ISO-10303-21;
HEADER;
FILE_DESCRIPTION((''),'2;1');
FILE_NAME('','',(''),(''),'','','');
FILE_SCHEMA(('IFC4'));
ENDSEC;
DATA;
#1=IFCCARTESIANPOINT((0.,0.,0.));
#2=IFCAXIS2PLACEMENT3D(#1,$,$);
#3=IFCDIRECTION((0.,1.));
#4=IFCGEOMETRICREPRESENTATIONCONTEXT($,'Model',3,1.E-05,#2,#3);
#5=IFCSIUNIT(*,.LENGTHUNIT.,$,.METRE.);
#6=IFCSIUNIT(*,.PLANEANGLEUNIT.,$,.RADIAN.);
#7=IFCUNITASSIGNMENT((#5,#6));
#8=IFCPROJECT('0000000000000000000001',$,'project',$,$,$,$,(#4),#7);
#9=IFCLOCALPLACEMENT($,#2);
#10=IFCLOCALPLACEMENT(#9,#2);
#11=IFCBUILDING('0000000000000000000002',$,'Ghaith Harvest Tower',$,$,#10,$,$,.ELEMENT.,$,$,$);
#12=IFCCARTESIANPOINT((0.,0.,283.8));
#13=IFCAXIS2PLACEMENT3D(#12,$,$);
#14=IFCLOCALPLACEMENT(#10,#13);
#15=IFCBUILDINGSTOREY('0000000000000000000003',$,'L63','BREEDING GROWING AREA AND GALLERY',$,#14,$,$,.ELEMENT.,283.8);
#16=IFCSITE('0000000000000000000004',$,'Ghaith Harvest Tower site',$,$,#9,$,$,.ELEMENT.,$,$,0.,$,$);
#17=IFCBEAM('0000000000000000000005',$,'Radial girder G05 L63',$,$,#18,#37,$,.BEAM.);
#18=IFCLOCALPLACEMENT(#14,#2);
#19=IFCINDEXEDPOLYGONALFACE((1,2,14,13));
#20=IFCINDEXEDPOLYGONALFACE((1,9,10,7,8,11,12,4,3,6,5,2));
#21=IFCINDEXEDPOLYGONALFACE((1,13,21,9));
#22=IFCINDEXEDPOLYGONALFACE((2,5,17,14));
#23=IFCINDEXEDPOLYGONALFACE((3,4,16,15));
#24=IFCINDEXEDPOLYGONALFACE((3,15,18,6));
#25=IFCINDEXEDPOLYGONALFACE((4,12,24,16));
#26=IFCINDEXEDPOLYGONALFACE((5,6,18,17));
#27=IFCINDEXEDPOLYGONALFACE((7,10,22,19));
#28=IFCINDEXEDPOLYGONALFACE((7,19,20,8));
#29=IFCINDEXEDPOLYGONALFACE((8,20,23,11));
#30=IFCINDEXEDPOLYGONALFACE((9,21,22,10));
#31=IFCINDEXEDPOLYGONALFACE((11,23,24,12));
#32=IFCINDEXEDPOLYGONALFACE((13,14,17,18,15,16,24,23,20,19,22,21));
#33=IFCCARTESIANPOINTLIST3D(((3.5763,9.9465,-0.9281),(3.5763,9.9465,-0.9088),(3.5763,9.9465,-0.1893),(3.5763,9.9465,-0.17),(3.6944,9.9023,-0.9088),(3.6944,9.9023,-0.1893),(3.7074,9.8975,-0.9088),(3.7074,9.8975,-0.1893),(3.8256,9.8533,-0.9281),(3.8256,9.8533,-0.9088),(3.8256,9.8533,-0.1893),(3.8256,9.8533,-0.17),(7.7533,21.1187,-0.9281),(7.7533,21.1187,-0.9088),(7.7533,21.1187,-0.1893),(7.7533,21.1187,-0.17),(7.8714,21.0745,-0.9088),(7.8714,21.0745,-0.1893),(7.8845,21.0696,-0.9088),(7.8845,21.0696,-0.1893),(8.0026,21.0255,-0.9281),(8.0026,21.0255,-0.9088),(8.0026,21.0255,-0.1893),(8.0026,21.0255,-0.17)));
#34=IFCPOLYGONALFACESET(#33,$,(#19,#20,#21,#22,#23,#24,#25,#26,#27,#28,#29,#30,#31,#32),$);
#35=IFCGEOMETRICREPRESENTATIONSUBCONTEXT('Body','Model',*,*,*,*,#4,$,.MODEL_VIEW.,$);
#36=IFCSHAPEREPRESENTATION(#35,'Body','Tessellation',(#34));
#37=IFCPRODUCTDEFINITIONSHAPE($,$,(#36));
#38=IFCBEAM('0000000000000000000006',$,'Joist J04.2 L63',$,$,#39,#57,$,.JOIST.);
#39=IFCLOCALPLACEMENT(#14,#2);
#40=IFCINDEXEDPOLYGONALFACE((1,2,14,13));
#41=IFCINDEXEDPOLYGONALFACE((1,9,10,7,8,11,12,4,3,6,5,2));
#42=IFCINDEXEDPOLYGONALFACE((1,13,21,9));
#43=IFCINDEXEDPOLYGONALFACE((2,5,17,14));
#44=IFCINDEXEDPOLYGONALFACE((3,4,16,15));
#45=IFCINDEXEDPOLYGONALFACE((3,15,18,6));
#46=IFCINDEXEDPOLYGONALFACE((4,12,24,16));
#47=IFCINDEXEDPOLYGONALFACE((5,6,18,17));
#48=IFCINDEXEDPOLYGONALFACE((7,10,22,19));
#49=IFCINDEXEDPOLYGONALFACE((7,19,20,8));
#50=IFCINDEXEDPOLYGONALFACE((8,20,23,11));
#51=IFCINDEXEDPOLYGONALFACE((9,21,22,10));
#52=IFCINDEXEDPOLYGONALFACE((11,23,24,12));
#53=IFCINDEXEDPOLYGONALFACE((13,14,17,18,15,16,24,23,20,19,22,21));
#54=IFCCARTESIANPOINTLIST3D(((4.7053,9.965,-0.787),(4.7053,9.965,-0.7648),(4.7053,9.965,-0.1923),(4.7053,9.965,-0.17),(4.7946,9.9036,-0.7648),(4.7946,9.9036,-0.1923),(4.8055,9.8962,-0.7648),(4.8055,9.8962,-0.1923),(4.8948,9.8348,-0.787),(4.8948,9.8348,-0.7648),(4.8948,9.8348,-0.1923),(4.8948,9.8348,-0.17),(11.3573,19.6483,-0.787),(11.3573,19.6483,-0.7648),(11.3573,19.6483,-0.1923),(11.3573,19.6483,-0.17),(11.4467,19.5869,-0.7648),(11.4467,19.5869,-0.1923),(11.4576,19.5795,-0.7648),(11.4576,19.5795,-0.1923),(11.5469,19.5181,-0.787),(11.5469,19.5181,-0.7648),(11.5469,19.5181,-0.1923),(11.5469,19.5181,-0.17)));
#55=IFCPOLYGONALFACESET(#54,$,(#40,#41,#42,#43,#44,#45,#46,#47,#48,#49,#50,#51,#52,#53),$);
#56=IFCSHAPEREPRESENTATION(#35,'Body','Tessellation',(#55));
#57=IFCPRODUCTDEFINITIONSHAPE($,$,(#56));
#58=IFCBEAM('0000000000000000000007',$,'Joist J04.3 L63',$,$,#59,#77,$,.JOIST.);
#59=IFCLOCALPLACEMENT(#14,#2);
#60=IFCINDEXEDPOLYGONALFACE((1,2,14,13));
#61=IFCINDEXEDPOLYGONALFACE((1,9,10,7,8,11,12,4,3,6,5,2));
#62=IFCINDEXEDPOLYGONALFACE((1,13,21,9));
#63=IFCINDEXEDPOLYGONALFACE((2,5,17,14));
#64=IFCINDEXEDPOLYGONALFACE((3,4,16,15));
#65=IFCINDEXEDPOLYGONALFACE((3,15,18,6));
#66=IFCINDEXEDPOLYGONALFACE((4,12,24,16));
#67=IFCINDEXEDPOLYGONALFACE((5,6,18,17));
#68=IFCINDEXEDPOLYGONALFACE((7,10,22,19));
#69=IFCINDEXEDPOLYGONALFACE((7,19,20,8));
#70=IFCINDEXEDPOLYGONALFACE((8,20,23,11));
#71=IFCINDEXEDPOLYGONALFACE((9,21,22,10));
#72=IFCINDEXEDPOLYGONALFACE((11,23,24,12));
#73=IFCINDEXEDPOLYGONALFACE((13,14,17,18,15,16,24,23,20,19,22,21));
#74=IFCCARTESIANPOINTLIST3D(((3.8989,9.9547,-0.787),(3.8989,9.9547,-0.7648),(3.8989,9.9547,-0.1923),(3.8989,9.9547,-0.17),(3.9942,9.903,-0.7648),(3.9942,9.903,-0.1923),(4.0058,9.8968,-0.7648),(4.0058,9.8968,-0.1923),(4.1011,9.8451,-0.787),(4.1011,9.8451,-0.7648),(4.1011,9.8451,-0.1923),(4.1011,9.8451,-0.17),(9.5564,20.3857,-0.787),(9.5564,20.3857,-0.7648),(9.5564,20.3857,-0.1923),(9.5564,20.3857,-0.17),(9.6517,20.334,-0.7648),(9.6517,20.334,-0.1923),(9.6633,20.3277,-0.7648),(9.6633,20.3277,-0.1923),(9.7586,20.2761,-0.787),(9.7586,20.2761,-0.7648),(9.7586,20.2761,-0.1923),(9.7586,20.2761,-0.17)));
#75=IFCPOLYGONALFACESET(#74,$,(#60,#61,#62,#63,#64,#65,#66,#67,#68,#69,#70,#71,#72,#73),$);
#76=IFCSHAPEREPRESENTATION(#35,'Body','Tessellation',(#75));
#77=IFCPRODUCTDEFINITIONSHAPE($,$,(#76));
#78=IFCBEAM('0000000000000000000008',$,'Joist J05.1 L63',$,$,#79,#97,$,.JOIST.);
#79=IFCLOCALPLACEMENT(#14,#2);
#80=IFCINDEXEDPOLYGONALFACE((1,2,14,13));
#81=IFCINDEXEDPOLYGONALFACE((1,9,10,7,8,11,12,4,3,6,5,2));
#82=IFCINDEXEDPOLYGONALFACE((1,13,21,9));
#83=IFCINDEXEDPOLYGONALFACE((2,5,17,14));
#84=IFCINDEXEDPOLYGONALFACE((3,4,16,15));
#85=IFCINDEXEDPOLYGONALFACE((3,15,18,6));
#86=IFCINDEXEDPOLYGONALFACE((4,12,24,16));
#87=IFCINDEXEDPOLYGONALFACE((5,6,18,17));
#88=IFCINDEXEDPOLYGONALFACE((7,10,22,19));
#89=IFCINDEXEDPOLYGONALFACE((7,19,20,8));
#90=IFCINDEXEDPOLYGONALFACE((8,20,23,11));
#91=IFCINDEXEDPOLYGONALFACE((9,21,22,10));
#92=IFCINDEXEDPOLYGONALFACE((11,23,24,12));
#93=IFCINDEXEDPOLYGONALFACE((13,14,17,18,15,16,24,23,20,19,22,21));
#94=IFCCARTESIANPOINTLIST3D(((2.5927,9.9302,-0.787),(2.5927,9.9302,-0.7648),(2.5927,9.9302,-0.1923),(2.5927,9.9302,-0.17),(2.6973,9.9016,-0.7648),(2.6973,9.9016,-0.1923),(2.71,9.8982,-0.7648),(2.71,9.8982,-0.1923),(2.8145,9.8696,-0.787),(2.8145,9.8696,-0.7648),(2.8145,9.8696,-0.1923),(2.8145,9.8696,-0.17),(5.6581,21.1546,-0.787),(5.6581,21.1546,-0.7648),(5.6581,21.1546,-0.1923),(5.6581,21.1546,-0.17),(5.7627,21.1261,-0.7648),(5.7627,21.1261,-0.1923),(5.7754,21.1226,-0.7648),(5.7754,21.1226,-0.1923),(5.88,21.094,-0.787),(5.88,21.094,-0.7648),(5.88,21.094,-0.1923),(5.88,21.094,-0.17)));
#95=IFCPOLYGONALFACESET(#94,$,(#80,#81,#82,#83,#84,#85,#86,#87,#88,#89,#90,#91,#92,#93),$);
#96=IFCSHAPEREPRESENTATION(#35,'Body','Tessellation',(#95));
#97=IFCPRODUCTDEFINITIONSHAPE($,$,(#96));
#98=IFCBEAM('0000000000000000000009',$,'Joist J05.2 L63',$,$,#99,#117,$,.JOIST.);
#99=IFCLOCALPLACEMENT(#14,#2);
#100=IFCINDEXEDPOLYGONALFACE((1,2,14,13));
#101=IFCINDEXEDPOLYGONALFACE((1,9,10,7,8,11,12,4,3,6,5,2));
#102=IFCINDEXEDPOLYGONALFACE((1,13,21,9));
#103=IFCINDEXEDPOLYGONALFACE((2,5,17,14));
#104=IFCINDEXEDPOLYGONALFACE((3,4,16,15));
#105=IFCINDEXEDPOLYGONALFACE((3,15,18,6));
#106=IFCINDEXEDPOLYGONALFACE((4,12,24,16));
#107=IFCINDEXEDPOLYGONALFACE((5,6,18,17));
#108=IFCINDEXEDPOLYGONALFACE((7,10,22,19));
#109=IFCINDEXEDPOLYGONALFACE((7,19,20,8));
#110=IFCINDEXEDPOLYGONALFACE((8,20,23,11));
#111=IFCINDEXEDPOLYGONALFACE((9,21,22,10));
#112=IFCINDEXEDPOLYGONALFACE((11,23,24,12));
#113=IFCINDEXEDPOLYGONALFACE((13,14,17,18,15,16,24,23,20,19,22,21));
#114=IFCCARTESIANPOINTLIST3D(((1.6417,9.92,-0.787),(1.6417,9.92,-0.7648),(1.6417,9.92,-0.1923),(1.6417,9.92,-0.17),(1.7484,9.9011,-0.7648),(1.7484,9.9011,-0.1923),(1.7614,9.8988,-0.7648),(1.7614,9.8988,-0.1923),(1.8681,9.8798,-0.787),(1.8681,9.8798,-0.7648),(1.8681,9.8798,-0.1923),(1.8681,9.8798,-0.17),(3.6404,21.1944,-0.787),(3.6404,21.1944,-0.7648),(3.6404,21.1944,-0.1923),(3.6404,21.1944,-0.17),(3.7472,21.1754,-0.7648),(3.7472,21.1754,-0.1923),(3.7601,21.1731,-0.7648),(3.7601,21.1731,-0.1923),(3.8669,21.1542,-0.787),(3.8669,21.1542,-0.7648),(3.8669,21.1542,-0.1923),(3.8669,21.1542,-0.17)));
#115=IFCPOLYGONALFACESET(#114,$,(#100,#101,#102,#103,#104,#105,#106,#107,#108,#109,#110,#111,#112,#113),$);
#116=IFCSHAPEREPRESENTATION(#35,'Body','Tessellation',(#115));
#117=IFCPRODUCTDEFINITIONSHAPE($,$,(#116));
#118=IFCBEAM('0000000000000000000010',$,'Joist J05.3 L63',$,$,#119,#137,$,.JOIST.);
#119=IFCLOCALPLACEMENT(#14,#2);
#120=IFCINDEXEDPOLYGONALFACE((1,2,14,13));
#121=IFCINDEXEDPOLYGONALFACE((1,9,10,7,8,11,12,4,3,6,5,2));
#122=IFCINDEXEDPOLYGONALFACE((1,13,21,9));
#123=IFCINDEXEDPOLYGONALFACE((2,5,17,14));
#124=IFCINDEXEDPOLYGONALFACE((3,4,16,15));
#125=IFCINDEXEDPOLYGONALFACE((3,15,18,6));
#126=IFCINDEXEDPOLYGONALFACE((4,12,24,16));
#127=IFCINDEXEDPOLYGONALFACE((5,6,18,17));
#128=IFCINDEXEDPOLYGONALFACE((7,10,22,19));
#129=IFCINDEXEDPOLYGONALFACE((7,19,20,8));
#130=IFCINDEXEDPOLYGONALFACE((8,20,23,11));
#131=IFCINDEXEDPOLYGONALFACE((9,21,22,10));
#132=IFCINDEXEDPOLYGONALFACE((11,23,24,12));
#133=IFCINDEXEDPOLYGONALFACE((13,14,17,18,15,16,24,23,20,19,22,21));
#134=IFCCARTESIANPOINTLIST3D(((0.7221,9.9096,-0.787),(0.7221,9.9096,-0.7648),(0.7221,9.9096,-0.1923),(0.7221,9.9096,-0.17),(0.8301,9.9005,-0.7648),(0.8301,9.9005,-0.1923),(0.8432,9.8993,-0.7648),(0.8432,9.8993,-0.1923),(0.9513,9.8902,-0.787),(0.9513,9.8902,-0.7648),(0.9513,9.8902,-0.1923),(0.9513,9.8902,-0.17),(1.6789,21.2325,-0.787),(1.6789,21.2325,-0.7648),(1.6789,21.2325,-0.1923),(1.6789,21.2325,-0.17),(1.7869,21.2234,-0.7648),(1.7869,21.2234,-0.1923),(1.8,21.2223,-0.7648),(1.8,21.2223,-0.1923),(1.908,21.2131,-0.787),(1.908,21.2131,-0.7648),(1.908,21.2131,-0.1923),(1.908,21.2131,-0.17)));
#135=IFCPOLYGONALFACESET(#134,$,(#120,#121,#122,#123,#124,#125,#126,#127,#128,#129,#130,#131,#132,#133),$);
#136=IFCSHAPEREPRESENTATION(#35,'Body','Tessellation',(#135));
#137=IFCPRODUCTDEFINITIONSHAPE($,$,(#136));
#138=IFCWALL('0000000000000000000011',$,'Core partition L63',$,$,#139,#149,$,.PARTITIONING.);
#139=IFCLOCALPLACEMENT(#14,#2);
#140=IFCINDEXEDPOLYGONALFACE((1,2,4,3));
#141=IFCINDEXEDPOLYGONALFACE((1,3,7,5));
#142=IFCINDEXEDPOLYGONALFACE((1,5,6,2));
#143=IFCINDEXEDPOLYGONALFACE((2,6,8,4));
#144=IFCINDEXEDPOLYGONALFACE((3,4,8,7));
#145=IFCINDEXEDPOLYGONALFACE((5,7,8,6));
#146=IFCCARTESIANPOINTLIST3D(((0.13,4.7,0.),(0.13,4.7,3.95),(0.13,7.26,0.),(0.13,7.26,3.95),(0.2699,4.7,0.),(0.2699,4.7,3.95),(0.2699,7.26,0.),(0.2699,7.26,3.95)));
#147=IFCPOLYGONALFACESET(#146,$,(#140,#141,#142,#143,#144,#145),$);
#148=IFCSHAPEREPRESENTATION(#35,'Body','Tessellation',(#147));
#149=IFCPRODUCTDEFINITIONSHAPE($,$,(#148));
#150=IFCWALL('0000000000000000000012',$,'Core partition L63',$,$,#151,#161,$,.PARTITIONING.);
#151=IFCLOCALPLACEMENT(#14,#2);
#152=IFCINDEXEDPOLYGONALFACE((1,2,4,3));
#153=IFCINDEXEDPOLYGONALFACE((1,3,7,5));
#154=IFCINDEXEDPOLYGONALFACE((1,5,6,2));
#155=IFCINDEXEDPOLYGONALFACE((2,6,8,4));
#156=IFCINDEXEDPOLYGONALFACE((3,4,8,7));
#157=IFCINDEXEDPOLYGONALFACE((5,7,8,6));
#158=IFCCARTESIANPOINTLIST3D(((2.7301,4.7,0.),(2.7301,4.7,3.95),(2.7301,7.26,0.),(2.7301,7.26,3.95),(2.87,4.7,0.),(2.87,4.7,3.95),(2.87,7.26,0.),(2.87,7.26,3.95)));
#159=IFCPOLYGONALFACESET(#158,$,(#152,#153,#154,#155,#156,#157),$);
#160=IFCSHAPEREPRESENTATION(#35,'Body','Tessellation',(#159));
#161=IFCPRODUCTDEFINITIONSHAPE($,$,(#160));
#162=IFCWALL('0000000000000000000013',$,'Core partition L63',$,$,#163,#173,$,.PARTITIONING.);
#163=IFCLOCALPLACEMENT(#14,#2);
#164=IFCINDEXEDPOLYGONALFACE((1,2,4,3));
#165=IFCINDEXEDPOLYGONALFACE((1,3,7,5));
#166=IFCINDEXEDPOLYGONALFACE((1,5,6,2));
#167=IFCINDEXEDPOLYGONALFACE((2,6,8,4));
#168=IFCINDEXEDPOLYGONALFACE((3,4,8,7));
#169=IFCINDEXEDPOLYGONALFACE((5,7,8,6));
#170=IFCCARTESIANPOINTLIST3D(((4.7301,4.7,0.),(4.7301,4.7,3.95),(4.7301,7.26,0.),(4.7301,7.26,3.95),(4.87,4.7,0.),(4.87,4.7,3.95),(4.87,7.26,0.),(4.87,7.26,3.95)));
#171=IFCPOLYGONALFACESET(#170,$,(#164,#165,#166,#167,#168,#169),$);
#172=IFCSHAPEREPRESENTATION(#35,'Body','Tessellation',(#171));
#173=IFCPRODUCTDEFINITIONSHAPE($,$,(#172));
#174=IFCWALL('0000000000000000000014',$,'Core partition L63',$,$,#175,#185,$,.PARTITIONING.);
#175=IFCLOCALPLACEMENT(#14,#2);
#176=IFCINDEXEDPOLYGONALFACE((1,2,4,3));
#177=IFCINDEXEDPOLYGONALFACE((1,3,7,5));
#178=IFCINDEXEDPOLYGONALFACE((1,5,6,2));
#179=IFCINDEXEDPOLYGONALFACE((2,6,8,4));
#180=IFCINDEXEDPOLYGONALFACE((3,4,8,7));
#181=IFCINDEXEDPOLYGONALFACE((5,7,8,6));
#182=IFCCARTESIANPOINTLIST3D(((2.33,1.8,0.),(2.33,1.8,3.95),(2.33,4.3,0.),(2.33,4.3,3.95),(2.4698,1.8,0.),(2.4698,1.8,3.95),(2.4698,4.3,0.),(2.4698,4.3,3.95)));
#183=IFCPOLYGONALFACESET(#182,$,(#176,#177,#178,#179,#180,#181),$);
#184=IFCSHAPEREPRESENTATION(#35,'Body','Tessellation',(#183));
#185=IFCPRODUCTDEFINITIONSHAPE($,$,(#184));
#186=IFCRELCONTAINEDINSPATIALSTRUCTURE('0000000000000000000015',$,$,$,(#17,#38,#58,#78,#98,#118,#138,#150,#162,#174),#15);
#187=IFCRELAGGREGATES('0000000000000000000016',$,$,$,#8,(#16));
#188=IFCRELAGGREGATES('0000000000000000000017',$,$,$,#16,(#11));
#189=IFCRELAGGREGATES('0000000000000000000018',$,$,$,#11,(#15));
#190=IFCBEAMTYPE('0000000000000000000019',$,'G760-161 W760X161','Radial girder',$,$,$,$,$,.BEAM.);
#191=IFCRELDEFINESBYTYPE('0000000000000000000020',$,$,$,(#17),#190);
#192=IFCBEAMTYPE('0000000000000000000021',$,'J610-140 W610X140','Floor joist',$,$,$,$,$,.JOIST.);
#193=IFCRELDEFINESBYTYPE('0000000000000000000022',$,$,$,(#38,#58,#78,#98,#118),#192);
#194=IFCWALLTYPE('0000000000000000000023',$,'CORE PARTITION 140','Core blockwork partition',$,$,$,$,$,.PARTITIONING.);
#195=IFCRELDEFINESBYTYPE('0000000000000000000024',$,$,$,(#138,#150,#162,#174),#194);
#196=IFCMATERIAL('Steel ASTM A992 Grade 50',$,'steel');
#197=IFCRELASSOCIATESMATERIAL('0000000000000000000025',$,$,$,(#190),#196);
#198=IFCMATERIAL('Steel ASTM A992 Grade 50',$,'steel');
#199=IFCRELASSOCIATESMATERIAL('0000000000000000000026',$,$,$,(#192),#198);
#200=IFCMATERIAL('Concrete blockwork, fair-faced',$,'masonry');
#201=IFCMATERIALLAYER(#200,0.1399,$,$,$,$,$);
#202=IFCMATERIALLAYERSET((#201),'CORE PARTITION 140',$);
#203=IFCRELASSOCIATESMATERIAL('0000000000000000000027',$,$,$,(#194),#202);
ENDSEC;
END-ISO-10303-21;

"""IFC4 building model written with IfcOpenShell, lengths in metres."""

from ifc_helpers import new_model, si_unit, direction, frame, frame_2d, origin, origin_2d, place, context, subcontext, project, spatial, rectangle, i_section, extrude, material, layer, layer_set, material_profile, profile_set, type_object, element, save


model = new_model("IFC4")

# Units and contexts
model_context = context("Model", 3, precision=1e-05, world=origin(), true_north=direction((0.0, 1.0)))
body_context = subcontext(model_context, "Body", "Model", "MODEL_VIEW")
ifc_project = project(units=[si_unit("LENGTHUNIT", "METRE"), si_unit("PLANEANGLEUNIT", "RADIAN")], contexts=[model_context])

# Site, building, storey
site_placement = place(None, origin())
site = spatial("IfcSite", under=ifc_project, at=site_placement, Name="Ghaith Harvest Tower site", CompositionType="ELEMENT", RefElevation=0.0)
building_placement = place(site_placement, origin())
building = spatial("IfcBuilding", under=site, at=building_placement, Name="Ghaith Harvest Tower", CompositionType="ELEMENT")
storey_placement = place(building_placement, frame((0.0, 0.0, 283.8)))
storey = spatial("IfcBuildingStorey", under=building, at=storey_placement, Name="L63", Description="BREEDING GROWING AREA AND GALLERY", CompositionType="ELEMENT", Elevation=283.8)

# Beams
ifc_material_1 = material(Name="Steel ASTM A992 Grade 50", Category="steel")
ifc_material_profile_1 = material_profile(ifc_material_1, i_section(OverallWidth=0.2661, OverallDepth=0.7581, WebThickness=0.0139, FlangeThickness=0.0193, at=origin_2d()), Name="W760X161")
ifc_profile_set_1 = profile_set([ifc_material_profile_1], Name="Steel ASTM A992 Grade 50")
beam_type_1 = type_object("IfcBeamType", Name="G760-161 W760X161", Description="Radial girder", PredefinedType="BEAM", material=ifc_profile_set_1)
beam_1_placement = place(storey_placement, frame((3.7009, 9.8999, -0.5491), z_axis=(0.350201, 0.936674, 0.0), x_axis=(-0.936674, 0.350201, 0.0)))
element("IfcBeam", 1, at=beam_1_placement, inside=storey, type_object=beam_type_1, Name="Radial girder G05 L63", PredefinedType="BEAM", context=body_context, shape_type="SweptSolid", body=[
    extrude(i_section(OverallWidth=0.2661, OverallDepth=0.7581, WebThickness=0.0139, FlangeThickness=0.0193, at=origin_2d()), origin(), (0.0, 0.0, 1.0), 11.9275),
])
ifc_material_2 = material(Name="Steel ASTM A992 Grade 50", Category="steel")
ifc_material_profile_2 = material_profile(ifc_material_2, i_section(OverallWidth=0.23, OverallDepth=0.6169, WebThickness=0.0132, FlangeThickness=0.0222, at=origin_2d()), Name="W610X140")
ifc_profile_set_2 = profile_set([ifc_material_profile_2], Name="Steel ASTM A992 Grade 50")
beam_type_2 = type_object("IfcBeamType", Name="J610-140 W610X140", Description="Floor joist", PredefinedType="JOIST", material=ifc_profile_set_2)
beam_2_placement = place(storey_placement, frame((4.8, 9.8999, -0.4785), z_axis=(0.566228, 0.824249, 0.0), x_axis=(-0.824249, 0.566228, 0.0)))
element("IfcBeam", 2, at=beam_2_placement, inside=storey, type_object=beam_type_2, Name="Joist J04.2 L63", PredefinedType="JOIST", context=body_context, shape_type="SweptSolid", body=[
    extrude(i_section(OverallWidth=0.23, OverallDepth=0.6169, WebThickness=0.0132, FlangeThickness=0.0222, at=origin_2d()), origin(), (0.0, 0.0, 1.0), 11.748),
])
beam_3_placement = place(storey_placement, frame((4.0, 9.8999, -0.4785), z_axis=(0.476765, 0.879031, 0.0), x_axis=(-0.879031, 0.476765, 0.0)))
element("IfcBeam", 3, at=beam_3_placement, inside=storey, type_object=beam_type_2, Name="Joist J04.3 L63", PredefinedType="JOIST", context=body_context, shape_type="SweptSolid", body=[
    extrude(i_section(OverallWidth=0.23, OverallDepth=0.6169, WebThickness=0.0132, FlangeThickness=0.0222, at=origin_2d()), origin(), (0.0, 0.0, 1.0), 11.8665),
])
beam_4_placement = place(storey_placement, frame((2.7036, 9.8999, -0.4785), z_axis=(0.263456, 0.964671, 0.0), x_axis=(-0.964671, 0.263456, 0.0)))
element("IfcBeam", 4, at=beam_4_placement, inside=storey, type_object=beam_type_2, Name="Joist J05.1 L63", PredefinedType="JOIST", context=body_context, shape_type="SweptSolid", body=[
    extrude(i_section(OverallWidth=0.23, OverallDepth=0.6169, WebThickness=0.0132, FlangeThickness=0.0222, at=origin_2d()), origin(), (0.0, 0.0, 1.0), 11.6355),
])
beam_5_placement = place(storey_placement, frame((1.7549, 9.8999, -0.4785), z_axis=(0.174563, 0.984646, 0.0), x_axis=(-0.984646, 0.174563, 0.0)))
element("IfcBeam", 5, at=beam_5_placement, inside=storey, type_object=beam_type_2, Name="Joist J05.2 L63", PredefinedType="JOIST", context=body_context, shape_type="SweptSolid", body=[
    extrude(i_section(OverallWidth=0.23, OverallDepth=0.6169, WebThickness=0.0132, FlangeThickness=0.0222, at=origin_2d()), origin(), (0.0, 0.0, 1.0), 11.4502),
])
beam_6_placement = place(storey_placement, frame((0.8367, 9.8999, -0.4785), z_axis=(0.084199, 0.996449, 0.0), x_axis=(-0.996449, 0.084199, 0.0)))
element("IfcBeam", 6, at=beam_6_placement, inside=storey, type_object=beam_type_2, Name="Joist J05.3 L63", PredefinedType="JOIST", context=body_context, shape_type="SweptSolid", body=[
    extrude(i_section(OverallWidth=0.23, OverallDepth=0.6169, WebThickness=0.0132, FlangeThickness=0.0222, at=origin_2d()), origin(), (0.0, 0.0, 1.0), 11.3633),
])

# Walls
ifc_material_3 = material(Name="Concrete blockwork, fair-faced", Category="masonry")
ifc_layer_1 = layer(ifc_material_3, 0.1399)
ifc_layer_set_1 = layer_set([ifc_layer_1], Name="CORE PARTITION 140")
wall_type_1 = type_object("IfcWallType", Name="CORE PARTITION 140", Description="Core blockwork partition", PredefinedType="PARTITIONING", material=ifc_layer_set_1)
for number, where, z_axis, x_axis, name in (
    (7, (0.2, 4.7, 0.0), (0.0, 0.0, 1.0), (0.0, 1.0, 0.0), "Core partition L63"),
    (8, (2.8, 4.7, 0.0), (0.0, 0.0, 1.0), (0.0, 1.0, 0.0), "Core partition L63"),
    (9, (4.8, 4.7, 0.0), (0.0, 0.0, 1.0), (0.0, 1.0, 0.0), "Core partition L63"),
):
    element("IfcWall", number, at=place(storey_placement, frame(where, z_axis=z_axis, x_axis=x_axis)), inside=storey, type_object=wall_type_1, Name=name, PredefinedType="PARTITIONING", context=body_context, shape_type="SweptSolid", body=[
        extrude(rectangle(XDim=2.5601, YDim=0.1399, at=frame_2d((1.28, 0.0))), origin(), (0.0, 0.0, 1.0), 3.95),
    ])
wall_1_placement = place(storey_placement, frame((2.3999, 1.8, 0.0), z_axis=(0.0, 0.0, 1.0), x_axis=(0.0, 1.0, 0.0)))
element("IfcWall", 10, at=wall_1_placement, inside=storey, type_object=wall_type_1, Name="Core partition L63", PredefinedType="PARTITIONING", context=body_context, shape_type="SweptSolid", body=[
    extrude(rectangle(XDim=2.5, YDim=0.1399, at=frame_2d((1.25, 0.0))), origin(), (0.0, 0.0, 1.0), 3.95),
])

save(model, "model.ifc")
